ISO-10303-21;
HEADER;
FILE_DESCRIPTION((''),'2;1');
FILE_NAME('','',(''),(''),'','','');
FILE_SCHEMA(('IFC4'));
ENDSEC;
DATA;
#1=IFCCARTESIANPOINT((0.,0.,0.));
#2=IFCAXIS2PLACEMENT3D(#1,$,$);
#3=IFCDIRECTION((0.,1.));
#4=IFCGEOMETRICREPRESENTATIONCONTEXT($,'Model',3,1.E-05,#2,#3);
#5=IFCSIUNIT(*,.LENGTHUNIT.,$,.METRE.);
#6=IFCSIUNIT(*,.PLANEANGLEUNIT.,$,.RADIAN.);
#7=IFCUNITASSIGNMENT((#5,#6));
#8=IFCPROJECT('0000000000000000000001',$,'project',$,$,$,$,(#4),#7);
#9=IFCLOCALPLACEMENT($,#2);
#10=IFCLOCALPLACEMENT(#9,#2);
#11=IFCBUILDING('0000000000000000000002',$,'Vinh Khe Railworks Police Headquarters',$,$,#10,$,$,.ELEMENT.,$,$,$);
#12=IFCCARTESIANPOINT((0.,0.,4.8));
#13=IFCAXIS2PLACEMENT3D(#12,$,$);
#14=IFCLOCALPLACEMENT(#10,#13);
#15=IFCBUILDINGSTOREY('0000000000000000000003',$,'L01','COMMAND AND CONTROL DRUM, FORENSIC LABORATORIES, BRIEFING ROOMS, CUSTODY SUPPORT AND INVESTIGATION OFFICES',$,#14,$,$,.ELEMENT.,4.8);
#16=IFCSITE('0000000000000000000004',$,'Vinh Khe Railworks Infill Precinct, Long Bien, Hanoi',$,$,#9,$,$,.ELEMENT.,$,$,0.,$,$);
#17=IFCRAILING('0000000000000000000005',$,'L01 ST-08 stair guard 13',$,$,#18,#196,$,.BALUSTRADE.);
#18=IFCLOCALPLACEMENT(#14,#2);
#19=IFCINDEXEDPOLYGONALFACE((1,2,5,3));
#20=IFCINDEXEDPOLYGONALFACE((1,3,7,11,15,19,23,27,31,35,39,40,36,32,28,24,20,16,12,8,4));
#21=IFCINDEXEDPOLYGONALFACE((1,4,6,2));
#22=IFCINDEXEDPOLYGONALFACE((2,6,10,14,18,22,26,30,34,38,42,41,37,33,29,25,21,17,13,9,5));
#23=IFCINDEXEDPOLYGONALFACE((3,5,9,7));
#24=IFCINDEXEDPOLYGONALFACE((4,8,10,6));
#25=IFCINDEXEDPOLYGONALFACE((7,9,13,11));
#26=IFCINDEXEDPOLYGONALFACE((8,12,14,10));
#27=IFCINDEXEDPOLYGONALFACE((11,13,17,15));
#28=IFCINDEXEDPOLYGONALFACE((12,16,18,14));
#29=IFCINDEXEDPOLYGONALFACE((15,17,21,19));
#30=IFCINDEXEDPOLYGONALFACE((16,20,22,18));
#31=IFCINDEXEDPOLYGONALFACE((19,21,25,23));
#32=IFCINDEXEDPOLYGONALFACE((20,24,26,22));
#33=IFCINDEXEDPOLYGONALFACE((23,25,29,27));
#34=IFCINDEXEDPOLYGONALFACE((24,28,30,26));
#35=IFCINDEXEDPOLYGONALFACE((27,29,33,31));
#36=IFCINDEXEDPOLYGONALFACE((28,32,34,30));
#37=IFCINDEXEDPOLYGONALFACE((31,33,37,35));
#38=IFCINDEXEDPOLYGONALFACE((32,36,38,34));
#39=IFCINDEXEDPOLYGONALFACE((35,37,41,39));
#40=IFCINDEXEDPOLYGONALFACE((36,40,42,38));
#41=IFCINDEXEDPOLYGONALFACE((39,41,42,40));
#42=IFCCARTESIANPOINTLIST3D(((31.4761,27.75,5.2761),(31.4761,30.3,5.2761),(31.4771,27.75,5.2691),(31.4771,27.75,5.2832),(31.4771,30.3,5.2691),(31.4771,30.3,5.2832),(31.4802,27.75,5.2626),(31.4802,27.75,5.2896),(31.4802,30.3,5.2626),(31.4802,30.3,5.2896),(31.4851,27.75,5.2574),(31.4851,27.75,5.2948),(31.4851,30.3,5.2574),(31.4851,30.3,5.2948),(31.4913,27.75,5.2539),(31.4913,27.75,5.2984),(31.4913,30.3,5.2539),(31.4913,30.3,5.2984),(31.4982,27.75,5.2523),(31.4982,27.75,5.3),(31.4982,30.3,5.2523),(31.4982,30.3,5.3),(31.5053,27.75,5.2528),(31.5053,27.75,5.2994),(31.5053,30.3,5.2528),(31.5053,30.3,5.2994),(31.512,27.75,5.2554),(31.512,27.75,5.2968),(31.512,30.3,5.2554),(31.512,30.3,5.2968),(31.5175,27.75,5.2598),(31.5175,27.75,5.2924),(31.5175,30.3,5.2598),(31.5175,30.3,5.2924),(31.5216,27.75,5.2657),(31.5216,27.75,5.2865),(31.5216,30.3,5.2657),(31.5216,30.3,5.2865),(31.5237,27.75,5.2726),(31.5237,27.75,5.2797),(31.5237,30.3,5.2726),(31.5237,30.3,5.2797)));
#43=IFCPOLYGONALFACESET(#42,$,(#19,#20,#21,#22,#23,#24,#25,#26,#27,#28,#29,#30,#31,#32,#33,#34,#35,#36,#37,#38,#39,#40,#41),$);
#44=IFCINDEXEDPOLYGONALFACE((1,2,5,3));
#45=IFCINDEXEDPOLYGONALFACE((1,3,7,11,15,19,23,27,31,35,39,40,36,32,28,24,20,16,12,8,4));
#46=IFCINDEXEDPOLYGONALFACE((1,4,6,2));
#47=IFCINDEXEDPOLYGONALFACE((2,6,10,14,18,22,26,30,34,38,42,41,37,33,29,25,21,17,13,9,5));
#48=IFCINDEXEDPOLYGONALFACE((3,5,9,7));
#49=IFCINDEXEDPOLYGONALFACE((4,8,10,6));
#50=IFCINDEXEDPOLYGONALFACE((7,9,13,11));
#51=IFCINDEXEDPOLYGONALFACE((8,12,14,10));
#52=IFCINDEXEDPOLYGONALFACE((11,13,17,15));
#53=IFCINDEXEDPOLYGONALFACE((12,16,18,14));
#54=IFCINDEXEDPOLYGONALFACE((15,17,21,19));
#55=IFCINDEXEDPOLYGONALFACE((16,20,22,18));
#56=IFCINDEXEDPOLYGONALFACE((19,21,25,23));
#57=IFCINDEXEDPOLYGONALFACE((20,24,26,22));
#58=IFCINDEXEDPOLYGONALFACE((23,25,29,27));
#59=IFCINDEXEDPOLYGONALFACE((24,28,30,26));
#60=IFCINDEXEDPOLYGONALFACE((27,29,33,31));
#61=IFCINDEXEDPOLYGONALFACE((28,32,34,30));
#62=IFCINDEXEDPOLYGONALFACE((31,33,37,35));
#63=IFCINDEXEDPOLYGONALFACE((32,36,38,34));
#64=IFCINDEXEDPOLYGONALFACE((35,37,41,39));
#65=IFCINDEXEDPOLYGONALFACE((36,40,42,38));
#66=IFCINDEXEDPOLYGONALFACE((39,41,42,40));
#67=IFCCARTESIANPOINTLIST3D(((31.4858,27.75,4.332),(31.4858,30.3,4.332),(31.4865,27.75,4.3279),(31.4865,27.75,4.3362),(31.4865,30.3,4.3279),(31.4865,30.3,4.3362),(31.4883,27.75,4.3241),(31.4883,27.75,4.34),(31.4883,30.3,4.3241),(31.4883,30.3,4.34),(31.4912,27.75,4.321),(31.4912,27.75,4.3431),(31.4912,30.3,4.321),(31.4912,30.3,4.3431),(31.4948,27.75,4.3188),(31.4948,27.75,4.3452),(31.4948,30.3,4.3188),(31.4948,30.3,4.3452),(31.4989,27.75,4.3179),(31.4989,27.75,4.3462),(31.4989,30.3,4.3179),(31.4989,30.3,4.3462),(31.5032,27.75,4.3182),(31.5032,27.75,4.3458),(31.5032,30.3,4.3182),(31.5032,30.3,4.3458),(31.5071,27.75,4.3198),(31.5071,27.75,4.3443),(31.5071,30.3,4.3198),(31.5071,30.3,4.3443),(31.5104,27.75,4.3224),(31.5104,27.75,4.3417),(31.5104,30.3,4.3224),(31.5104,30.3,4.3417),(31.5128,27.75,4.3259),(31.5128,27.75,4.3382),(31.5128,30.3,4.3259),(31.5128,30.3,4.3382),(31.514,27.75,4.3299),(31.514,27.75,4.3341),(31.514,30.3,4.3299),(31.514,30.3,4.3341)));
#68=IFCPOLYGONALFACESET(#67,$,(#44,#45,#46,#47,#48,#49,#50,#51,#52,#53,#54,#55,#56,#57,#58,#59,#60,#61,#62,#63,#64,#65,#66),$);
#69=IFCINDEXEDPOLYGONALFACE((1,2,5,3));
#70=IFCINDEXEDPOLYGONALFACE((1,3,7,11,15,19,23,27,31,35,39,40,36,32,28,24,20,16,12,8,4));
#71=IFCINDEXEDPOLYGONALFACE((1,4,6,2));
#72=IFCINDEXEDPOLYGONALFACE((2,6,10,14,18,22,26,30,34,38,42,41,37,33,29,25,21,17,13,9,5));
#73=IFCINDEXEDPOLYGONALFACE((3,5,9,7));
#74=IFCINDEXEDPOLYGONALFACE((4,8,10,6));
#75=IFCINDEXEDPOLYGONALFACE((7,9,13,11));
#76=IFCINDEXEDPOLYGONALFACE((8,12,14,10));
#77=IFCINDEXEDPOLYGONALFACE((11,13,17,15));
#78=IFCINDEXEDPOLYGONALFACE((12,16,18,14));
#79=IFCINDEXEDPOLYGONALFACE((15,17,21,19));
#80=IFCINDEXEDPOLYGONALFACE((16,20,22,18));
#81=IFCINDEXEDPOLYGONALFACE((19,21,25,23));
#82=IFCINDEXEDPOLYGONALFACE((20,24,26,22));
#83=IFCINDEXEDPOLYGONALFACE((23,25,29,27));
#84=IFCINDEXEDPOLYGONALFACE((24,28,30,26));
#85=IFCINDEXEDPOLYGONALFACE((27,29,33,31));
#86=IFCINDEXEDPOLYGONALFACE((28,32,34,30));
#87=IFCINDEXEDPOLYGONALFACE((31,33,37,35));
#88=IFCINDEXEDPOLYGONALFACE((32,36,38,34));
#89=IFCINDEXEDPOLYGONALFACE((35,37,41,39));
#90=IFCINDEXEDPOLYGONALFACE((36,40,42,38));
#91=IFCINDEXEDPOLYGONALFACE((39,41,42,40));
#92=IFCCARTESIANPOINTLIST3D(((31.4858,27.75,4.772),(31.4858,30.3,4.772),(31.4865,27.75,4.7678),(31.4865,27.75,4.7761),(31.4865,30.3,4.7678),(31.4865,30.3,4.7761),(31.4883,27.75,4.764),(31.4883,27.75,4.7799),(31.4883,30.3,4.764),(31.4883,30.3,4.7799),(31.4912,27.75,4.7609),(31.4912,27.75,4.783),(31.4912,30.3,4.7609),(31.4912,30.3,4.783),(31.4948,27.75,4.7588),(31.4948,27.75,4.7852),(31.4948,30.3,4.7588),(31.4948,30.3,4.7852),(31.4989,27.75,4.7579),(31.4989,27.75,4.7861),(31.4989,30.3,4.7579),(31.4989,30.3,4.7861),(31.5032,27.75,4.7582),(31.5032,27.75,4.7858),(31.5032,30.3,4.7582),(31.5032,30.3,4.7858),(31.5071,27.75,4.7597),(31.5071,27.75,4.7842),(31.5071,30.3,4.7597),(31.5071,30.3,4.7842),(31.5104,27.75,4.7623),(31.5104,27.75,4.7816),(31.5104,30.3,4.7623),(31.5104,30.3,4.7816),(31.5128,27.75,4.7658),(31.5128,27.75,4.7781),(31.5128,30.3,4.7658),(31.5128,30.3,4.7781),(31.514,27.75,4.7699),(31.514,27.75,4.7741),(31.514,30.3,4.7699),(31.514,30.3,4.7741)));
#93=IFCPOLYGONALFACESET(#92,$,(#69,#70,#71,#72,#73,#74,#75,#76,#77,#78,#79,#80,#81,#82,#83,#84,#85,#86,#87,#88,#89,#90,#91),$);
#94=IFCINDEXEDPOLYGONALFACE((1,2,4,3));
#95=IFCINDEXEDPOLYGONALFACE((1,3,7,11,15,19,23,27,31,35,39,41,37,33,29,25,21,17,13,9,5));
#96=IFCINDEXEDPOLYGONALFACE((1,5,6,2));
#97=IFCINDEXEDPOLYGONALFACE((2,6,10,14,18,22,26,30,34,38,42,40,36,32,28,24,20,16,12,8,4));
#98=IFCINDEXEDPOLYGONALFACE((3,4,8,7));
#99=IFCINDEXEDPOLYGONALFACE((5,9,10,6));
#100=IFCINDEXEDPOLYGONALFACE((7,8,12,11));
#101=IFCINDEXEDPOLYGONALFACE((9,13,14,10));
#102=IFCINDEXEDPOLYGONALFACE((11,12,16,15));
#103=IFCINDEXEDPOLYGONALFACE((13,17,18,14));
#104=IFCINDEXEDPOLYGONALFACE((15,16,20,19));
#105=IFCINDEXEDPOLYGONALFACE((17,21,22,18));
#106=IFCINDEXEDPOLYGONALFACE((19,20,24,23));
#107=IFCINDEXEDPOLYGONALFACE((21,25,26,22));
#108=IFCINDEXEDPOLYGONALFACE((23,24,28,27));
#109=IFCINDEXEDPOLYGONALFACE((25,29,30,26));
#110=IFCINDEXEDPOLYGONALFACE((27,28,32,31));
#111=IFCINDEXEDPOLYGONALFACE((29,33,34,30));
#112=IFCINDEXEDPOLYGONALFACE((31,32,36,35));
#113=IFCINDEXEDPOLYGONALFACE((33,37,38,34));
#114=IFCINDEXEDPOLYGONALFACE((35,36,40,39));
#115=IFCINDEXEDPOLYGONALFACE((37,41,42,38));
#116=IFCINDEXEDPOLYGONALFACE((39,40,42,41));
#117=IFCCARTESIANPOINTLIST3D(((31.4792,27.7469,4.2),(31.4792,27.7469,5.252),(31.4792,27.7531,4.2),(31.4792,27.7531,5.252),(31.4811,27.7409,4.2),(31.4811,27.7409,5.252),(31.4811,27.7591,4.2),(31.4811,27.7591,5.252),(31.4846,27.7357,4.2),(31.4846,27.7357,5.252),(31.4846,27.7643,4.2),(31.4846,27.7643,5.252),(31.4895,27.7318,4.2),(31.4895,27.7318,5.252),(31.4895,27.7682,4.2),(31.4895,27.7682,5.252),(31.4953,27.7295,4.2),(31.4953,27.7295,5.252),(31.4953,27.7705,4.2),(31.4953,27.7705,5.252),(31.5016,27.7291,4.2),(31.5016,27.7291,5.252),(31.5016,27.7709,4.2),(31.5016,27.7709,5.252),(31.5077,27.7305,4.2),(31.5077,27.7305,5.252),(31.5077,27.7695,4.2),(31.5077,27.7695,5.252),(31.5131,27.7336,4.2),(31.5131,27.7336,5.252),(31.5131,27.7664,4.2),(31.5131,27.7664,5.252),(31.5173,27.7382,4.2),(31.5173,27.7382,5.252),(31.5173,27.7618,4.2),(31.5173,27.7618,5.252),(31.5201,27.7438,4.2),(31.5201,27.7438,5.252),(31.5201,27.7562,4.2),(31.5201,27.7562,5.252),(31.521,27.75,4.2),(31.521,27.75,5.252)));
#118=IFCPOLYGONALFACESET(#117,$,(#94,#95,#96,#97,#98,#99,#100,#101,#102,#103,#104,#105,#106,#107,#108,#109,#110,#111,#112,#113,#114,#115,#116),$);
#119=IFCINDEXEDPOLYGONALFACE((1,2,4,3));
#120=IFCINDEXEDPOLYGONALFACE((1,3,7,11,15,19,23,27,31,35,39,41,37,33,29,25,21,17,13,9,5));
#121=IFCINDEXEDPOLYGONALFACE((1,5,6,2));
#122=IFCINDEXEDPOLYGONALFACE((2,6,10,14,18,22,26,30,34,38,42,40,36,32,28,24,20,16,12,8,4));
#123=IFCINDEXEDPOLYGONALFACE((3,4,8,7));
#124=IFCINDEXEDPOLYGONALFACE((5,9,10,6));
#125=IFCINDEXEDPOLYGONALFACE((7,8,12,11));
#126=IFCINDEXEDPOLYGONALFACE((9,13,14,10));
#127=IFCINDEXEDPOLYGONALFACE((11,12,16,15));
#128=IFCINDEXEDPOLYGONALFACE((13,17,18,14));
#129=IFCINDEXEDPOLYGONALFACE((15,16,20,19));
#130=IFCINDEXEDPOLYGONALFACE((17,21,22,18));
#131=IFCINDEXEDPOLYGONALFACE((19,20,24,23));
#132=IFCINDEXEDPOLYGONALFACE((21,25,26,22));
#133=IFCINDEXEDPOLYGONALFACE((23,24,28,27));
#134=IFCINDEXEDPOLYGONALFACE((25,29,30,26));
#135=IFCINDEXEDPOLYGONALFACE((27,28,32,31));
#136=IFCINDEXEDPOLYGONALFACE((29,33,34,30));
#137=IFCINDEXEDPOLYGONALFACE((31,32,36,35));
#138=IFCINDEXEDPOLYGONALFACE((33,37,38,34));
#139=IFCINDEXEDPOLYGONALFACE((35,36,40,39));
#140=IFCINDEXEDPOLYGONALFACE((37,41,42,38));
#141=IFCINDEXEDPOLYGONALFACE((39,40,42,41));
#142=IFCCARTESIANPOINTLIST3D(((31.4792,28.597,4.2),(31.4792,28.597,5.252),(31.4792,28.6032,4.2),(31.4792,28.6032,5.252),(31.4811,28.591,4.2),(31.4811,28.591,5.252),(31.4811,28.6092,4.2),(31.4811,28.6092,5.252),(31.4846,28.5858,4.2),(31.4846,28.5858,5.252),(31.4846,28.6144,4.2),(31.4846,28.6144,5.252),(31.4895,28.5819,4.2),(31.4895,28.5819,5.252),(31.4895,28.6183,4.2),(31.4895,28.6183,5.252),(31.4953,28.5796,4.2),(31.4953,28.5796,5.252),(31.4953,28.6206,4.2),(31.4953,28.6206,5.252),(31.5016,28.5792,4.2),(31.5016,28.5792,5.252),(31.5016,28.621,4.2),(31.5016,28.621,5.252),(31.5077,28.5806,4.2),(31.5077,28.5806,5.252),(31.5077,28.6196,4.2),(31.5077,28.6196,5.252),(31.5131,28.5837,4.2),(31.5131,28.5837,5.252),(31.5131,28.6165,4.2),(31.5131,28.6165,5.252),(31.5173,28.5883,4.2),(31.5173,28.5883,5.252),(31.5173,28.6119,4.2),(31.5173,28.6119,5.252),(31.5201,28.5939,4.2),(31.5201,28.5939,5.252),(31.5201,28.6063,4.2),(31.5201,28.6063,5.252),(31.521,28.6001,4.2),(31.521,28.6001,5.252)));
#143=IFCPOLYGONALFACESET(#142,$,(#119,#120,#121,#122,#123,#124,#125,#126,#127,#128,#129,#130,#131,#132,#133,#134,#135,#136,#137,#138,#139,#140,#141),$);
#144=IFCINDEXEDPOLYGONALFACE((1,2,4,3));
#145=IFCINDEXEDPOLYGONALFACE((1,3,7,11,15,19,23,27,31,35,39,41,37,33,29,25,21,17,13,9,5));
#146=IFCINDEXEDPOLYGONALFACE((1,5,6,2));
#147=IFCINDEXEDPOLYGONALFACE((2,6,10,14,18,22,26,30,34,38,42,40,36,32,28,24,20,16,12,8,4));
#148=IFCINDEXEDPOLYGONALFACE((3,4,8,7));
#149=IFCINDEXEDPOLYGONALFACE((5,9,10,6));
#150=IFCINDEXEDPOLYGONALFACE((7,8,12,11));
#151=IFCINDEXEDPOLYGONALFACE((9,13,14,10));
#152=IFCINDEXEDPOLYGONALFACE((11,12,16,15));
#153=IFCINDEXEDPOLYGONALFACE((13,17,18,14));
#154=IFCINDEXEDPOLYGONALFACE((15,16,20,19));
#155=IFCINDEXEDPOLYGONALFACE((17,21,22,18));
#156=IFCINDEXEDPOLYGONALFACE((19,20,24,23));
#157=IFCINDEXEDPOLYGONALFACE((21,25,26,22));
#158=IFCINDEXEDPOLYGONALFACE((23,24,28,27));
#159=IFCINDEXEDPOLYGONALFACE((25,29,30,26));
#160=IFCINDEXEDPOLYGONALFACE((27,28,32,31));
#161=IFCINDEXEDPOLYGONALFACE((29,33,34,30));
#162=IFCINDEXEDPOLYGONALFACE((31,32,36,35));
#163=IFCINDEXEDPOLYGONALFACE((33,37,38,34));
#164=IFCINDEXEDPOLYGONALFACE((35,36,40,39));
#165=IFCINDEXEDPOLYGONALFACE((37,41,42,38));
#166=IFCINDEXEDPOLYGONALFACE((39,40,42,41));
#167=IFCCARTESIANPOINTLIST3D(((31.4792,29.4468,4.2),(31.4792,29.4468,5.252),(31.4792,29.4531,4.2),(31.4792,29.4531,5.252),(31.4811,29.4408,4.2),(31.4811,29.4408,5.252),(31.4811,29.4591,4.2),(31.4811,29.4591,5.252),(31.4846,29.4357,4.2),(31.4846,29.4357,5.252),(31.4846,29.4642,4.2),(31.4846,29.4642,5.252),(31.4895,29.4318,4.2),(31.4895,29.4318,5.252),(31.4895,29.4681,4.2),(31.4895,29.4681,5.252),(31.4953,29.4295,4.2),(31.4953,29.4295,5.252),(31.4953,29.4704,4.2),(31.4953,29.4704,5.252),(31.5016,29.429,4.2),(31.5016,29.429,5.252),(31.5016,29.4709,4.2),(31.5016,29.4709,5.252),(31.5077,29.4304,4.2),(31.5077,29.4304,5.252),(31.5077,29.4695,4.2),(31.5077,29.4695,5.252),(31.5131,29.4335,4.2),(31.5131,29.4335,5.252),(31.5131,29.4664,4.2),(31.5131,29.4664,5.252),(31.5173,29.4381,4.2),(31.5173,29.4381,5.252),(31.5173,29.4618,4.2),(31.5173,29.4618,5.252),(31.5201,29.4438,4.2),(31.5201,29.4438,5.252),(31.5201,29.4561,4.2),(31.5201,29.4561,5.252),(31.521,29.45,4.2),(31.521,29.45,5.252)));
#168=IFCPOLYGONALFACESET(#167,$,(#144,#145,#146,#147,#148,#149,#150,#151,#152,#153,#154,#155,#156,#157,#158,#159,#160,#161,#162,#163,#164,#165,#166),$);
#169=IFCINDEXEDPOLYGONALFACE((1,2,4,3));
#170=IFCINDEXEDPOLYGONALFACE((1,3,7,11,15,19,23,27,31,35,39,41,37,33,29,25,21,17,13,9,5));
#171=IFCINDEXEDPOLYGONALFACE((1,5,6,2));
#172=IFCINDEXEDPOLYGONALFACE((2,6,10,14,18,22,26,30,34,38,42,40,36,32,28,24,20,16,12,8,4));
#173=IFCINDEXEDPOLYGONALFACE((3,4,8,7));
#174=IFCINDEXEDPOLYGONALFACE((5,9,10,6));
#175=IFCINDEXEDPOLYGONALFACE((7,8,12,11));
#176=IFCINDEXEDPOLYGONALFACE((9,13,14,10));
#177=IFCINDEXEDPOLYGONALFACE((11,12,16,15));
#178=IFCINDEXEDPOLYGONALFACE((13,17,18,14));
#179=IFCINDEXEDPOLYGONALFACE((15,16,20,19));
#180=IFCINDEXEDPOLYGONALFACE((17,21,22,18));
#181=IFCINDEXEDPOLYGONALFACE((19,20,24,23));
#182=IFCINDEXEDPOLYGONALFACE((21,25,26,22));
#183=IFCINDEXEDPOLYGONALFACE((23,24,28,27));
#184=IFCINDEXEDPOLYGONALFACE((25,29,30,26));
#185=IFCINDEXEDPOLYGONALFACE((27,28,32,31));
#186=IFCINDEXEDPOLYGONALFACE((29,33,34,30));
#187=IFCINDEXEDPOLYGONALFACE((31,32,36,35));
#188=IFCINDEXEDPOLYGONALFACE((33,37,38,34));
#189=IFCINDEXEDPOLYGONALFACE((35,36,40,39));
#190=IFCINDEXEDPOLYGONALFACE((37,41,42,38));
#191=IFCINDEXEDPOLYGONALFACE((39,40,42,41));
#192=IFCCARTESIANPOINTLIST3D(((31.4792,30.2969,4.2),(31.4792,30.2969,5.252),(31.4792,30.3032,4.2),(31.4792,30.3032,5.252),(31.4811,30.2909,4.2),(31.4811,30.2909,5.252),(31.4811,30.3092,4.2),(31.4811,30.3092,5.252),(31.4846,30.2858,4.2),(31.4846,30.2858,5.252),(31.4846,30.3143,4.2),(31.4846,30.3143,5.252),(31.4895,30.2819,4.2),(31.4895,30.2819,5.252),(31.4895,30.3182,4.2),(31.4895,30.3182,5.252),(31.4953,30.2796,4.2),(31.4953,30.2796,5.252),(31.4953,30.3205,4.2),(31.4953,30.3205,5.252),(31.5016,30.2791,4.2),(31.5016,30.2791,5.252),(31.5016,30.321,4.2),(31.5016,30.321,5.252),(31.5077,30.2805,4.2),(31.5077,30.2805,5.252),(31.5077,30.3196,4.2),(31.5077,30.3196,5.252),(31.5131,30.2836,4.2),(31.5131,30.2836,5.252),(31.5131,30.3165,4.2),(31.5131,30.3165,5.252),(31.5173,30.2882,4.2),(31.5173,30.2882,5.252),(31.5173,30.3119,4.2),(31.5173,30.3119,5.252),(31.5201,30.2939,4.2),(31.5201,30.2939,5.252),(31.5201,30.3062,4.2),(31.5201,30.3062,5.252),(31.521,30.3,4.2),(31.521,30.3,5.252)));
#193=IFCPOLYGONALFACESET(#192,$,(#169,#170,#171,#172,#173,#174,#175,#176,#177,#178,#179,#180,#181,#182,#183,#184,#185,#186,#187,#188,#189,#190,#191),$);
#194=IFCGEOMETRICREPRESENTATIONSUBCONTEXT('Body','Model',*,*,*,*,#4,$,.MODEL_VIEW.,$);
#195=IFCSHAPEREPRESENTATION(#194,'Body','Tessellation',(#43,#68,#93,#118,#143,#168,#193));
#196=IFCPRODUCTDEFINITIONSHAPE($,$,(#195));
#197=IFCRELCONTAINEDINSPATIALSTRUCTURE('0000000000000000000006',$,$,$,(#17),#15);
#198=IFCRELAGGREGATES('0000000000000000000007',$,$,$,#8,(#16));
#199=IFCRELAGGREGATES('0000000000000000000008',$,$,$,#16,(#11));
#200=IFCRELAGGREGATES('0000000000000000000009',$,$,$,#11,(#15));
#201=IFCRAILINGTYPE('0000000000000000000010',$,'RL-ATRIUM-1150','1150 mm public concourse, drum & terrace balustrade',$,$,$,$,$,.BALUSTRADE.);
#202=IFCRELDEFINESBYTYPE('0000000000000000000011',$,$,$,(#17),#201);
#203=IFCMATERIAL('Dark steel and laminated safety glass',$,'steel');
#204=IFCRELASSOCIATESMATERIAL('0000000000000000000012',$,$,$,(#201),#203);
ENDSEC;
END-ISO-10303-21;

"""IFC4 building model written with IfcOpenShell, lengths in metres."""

from ifc_helpers import new_model, si_unit, direction, frame, origin, origin_2d, place, context, subcontext, project, spatial, circle, extrude, material, type_object, element, save


model = new_model("IFC4")

# Units and contexts
model_context = context("Model", 3, precision=1e-05, world=origin(), true_north=direction((0.0, 1.0)))
body_context = subcontext(model_context, "Body", "Model", "MODEL_VIEW")
ifc_project = project(units=[si_unit("LENGTHUNIT", "METRE"), si_unit("PLANEANGLEUNIT", "RADIAN")], contexts=[model_context])

# Site, building, storey
site_placement = place(None, origin())
site = spatial("IfcSite", under=ifc_project, at=site_placement, Name="Vinh Khe Railworks Infill Precinct, Long Bien, Hanoi", CompositionType="ELEMENT", RefElevation=0.0)
building_placement = place(site_placement, origin())
building = spatial("IfcBuilding", under=site, at=building_placement, Name="Vinh Khe Railworks Police Headquarters", CompositionType="ELEMENT")
storey_placement = place(building_placement, frame((0.0, 0.0, 4.8)))
storey = spatial("IfcBuildingStorey", under=building, at=storey_placement, Name="L01", Description="COMMAND AND CONTROL DRUM, FORENSIC LABORATORIES, BRIEFING ROOMS, CUSTODY SUPPORT AND INVESTIGATION OFFICES", CompositionType="ELEMENT", Elevation=4.8)

# Railing
ifc_material_1 = material(Name="Dark steel and laminated safety glass", Category="steel")
railing_type = type_object("IfcRailingType", Name="RL-ATRIUM-1150", Description="1150 mm public concourse, drum & terrace balustrade", PredefinedType="BALUSTRADE", material=ifc_material_1)
railing_1_placement = place(storey_placement, frame((31.5, 27.75, 4.2)))
element("IfcRailing", 1, at=railing_1_placement, inside=storey, type_object=railing_type, Name="L01 ST-08 stair guard 13", PredefinedType="BALUSTRADE", context=body_context, shape_type="SweptSolid", body=[
    extrude(circle(Radius=0.0239, at=origin_2d()), frame((0.0, 0.0, 1.0762), z_axis=(0.0, 1.0, 0.0), x_axis=(-1.0, 0.0, 0.0)), (0.0, 0.0, 1.0), 2.55),
    extrude(circle(Radius=0.0142, at=origin_2d()), frame((0.0, 0.0, 0.1321), z_axis=(0.0, 1.0, 0.0), x_axis=(-1.0, 0.0, 0.0)), (0.0, 0.0, 1.0), 2.55),
    extrude(circle(Radius=0.0142, at=origin_2d()), frame((0.0, 0.0, 0.572), z_axis=(0.0, 1.0, 0.0), x_axis=(-1.0, 0.0, 0.0)), (0.0, 0.0, 1.0), 2.55),
    extrude(circle(Radius=0.021, at=origin_2d()), origin(), (0.0, 0.0, 1.0), 1.052),
    extrude(circle(Radius=0.021, at=origin_2d()), frame((0.0, 0.8501, 0.0)), (0.0, 0.0, 1.0), 1.052),
    extrude(circle(Radius=0.021, at=origin_2d()), frame((0.0, 1.7, 0.0)), (0.0, 0.0, 1.0), 1.052),
    extrude(circle(Radius=0.021, at=origin_2d()), frame((0.0, 2.55, 0.0)), (0.0, 0.0, 1.0), 1.052),
])

save(model, "model.ifc")
